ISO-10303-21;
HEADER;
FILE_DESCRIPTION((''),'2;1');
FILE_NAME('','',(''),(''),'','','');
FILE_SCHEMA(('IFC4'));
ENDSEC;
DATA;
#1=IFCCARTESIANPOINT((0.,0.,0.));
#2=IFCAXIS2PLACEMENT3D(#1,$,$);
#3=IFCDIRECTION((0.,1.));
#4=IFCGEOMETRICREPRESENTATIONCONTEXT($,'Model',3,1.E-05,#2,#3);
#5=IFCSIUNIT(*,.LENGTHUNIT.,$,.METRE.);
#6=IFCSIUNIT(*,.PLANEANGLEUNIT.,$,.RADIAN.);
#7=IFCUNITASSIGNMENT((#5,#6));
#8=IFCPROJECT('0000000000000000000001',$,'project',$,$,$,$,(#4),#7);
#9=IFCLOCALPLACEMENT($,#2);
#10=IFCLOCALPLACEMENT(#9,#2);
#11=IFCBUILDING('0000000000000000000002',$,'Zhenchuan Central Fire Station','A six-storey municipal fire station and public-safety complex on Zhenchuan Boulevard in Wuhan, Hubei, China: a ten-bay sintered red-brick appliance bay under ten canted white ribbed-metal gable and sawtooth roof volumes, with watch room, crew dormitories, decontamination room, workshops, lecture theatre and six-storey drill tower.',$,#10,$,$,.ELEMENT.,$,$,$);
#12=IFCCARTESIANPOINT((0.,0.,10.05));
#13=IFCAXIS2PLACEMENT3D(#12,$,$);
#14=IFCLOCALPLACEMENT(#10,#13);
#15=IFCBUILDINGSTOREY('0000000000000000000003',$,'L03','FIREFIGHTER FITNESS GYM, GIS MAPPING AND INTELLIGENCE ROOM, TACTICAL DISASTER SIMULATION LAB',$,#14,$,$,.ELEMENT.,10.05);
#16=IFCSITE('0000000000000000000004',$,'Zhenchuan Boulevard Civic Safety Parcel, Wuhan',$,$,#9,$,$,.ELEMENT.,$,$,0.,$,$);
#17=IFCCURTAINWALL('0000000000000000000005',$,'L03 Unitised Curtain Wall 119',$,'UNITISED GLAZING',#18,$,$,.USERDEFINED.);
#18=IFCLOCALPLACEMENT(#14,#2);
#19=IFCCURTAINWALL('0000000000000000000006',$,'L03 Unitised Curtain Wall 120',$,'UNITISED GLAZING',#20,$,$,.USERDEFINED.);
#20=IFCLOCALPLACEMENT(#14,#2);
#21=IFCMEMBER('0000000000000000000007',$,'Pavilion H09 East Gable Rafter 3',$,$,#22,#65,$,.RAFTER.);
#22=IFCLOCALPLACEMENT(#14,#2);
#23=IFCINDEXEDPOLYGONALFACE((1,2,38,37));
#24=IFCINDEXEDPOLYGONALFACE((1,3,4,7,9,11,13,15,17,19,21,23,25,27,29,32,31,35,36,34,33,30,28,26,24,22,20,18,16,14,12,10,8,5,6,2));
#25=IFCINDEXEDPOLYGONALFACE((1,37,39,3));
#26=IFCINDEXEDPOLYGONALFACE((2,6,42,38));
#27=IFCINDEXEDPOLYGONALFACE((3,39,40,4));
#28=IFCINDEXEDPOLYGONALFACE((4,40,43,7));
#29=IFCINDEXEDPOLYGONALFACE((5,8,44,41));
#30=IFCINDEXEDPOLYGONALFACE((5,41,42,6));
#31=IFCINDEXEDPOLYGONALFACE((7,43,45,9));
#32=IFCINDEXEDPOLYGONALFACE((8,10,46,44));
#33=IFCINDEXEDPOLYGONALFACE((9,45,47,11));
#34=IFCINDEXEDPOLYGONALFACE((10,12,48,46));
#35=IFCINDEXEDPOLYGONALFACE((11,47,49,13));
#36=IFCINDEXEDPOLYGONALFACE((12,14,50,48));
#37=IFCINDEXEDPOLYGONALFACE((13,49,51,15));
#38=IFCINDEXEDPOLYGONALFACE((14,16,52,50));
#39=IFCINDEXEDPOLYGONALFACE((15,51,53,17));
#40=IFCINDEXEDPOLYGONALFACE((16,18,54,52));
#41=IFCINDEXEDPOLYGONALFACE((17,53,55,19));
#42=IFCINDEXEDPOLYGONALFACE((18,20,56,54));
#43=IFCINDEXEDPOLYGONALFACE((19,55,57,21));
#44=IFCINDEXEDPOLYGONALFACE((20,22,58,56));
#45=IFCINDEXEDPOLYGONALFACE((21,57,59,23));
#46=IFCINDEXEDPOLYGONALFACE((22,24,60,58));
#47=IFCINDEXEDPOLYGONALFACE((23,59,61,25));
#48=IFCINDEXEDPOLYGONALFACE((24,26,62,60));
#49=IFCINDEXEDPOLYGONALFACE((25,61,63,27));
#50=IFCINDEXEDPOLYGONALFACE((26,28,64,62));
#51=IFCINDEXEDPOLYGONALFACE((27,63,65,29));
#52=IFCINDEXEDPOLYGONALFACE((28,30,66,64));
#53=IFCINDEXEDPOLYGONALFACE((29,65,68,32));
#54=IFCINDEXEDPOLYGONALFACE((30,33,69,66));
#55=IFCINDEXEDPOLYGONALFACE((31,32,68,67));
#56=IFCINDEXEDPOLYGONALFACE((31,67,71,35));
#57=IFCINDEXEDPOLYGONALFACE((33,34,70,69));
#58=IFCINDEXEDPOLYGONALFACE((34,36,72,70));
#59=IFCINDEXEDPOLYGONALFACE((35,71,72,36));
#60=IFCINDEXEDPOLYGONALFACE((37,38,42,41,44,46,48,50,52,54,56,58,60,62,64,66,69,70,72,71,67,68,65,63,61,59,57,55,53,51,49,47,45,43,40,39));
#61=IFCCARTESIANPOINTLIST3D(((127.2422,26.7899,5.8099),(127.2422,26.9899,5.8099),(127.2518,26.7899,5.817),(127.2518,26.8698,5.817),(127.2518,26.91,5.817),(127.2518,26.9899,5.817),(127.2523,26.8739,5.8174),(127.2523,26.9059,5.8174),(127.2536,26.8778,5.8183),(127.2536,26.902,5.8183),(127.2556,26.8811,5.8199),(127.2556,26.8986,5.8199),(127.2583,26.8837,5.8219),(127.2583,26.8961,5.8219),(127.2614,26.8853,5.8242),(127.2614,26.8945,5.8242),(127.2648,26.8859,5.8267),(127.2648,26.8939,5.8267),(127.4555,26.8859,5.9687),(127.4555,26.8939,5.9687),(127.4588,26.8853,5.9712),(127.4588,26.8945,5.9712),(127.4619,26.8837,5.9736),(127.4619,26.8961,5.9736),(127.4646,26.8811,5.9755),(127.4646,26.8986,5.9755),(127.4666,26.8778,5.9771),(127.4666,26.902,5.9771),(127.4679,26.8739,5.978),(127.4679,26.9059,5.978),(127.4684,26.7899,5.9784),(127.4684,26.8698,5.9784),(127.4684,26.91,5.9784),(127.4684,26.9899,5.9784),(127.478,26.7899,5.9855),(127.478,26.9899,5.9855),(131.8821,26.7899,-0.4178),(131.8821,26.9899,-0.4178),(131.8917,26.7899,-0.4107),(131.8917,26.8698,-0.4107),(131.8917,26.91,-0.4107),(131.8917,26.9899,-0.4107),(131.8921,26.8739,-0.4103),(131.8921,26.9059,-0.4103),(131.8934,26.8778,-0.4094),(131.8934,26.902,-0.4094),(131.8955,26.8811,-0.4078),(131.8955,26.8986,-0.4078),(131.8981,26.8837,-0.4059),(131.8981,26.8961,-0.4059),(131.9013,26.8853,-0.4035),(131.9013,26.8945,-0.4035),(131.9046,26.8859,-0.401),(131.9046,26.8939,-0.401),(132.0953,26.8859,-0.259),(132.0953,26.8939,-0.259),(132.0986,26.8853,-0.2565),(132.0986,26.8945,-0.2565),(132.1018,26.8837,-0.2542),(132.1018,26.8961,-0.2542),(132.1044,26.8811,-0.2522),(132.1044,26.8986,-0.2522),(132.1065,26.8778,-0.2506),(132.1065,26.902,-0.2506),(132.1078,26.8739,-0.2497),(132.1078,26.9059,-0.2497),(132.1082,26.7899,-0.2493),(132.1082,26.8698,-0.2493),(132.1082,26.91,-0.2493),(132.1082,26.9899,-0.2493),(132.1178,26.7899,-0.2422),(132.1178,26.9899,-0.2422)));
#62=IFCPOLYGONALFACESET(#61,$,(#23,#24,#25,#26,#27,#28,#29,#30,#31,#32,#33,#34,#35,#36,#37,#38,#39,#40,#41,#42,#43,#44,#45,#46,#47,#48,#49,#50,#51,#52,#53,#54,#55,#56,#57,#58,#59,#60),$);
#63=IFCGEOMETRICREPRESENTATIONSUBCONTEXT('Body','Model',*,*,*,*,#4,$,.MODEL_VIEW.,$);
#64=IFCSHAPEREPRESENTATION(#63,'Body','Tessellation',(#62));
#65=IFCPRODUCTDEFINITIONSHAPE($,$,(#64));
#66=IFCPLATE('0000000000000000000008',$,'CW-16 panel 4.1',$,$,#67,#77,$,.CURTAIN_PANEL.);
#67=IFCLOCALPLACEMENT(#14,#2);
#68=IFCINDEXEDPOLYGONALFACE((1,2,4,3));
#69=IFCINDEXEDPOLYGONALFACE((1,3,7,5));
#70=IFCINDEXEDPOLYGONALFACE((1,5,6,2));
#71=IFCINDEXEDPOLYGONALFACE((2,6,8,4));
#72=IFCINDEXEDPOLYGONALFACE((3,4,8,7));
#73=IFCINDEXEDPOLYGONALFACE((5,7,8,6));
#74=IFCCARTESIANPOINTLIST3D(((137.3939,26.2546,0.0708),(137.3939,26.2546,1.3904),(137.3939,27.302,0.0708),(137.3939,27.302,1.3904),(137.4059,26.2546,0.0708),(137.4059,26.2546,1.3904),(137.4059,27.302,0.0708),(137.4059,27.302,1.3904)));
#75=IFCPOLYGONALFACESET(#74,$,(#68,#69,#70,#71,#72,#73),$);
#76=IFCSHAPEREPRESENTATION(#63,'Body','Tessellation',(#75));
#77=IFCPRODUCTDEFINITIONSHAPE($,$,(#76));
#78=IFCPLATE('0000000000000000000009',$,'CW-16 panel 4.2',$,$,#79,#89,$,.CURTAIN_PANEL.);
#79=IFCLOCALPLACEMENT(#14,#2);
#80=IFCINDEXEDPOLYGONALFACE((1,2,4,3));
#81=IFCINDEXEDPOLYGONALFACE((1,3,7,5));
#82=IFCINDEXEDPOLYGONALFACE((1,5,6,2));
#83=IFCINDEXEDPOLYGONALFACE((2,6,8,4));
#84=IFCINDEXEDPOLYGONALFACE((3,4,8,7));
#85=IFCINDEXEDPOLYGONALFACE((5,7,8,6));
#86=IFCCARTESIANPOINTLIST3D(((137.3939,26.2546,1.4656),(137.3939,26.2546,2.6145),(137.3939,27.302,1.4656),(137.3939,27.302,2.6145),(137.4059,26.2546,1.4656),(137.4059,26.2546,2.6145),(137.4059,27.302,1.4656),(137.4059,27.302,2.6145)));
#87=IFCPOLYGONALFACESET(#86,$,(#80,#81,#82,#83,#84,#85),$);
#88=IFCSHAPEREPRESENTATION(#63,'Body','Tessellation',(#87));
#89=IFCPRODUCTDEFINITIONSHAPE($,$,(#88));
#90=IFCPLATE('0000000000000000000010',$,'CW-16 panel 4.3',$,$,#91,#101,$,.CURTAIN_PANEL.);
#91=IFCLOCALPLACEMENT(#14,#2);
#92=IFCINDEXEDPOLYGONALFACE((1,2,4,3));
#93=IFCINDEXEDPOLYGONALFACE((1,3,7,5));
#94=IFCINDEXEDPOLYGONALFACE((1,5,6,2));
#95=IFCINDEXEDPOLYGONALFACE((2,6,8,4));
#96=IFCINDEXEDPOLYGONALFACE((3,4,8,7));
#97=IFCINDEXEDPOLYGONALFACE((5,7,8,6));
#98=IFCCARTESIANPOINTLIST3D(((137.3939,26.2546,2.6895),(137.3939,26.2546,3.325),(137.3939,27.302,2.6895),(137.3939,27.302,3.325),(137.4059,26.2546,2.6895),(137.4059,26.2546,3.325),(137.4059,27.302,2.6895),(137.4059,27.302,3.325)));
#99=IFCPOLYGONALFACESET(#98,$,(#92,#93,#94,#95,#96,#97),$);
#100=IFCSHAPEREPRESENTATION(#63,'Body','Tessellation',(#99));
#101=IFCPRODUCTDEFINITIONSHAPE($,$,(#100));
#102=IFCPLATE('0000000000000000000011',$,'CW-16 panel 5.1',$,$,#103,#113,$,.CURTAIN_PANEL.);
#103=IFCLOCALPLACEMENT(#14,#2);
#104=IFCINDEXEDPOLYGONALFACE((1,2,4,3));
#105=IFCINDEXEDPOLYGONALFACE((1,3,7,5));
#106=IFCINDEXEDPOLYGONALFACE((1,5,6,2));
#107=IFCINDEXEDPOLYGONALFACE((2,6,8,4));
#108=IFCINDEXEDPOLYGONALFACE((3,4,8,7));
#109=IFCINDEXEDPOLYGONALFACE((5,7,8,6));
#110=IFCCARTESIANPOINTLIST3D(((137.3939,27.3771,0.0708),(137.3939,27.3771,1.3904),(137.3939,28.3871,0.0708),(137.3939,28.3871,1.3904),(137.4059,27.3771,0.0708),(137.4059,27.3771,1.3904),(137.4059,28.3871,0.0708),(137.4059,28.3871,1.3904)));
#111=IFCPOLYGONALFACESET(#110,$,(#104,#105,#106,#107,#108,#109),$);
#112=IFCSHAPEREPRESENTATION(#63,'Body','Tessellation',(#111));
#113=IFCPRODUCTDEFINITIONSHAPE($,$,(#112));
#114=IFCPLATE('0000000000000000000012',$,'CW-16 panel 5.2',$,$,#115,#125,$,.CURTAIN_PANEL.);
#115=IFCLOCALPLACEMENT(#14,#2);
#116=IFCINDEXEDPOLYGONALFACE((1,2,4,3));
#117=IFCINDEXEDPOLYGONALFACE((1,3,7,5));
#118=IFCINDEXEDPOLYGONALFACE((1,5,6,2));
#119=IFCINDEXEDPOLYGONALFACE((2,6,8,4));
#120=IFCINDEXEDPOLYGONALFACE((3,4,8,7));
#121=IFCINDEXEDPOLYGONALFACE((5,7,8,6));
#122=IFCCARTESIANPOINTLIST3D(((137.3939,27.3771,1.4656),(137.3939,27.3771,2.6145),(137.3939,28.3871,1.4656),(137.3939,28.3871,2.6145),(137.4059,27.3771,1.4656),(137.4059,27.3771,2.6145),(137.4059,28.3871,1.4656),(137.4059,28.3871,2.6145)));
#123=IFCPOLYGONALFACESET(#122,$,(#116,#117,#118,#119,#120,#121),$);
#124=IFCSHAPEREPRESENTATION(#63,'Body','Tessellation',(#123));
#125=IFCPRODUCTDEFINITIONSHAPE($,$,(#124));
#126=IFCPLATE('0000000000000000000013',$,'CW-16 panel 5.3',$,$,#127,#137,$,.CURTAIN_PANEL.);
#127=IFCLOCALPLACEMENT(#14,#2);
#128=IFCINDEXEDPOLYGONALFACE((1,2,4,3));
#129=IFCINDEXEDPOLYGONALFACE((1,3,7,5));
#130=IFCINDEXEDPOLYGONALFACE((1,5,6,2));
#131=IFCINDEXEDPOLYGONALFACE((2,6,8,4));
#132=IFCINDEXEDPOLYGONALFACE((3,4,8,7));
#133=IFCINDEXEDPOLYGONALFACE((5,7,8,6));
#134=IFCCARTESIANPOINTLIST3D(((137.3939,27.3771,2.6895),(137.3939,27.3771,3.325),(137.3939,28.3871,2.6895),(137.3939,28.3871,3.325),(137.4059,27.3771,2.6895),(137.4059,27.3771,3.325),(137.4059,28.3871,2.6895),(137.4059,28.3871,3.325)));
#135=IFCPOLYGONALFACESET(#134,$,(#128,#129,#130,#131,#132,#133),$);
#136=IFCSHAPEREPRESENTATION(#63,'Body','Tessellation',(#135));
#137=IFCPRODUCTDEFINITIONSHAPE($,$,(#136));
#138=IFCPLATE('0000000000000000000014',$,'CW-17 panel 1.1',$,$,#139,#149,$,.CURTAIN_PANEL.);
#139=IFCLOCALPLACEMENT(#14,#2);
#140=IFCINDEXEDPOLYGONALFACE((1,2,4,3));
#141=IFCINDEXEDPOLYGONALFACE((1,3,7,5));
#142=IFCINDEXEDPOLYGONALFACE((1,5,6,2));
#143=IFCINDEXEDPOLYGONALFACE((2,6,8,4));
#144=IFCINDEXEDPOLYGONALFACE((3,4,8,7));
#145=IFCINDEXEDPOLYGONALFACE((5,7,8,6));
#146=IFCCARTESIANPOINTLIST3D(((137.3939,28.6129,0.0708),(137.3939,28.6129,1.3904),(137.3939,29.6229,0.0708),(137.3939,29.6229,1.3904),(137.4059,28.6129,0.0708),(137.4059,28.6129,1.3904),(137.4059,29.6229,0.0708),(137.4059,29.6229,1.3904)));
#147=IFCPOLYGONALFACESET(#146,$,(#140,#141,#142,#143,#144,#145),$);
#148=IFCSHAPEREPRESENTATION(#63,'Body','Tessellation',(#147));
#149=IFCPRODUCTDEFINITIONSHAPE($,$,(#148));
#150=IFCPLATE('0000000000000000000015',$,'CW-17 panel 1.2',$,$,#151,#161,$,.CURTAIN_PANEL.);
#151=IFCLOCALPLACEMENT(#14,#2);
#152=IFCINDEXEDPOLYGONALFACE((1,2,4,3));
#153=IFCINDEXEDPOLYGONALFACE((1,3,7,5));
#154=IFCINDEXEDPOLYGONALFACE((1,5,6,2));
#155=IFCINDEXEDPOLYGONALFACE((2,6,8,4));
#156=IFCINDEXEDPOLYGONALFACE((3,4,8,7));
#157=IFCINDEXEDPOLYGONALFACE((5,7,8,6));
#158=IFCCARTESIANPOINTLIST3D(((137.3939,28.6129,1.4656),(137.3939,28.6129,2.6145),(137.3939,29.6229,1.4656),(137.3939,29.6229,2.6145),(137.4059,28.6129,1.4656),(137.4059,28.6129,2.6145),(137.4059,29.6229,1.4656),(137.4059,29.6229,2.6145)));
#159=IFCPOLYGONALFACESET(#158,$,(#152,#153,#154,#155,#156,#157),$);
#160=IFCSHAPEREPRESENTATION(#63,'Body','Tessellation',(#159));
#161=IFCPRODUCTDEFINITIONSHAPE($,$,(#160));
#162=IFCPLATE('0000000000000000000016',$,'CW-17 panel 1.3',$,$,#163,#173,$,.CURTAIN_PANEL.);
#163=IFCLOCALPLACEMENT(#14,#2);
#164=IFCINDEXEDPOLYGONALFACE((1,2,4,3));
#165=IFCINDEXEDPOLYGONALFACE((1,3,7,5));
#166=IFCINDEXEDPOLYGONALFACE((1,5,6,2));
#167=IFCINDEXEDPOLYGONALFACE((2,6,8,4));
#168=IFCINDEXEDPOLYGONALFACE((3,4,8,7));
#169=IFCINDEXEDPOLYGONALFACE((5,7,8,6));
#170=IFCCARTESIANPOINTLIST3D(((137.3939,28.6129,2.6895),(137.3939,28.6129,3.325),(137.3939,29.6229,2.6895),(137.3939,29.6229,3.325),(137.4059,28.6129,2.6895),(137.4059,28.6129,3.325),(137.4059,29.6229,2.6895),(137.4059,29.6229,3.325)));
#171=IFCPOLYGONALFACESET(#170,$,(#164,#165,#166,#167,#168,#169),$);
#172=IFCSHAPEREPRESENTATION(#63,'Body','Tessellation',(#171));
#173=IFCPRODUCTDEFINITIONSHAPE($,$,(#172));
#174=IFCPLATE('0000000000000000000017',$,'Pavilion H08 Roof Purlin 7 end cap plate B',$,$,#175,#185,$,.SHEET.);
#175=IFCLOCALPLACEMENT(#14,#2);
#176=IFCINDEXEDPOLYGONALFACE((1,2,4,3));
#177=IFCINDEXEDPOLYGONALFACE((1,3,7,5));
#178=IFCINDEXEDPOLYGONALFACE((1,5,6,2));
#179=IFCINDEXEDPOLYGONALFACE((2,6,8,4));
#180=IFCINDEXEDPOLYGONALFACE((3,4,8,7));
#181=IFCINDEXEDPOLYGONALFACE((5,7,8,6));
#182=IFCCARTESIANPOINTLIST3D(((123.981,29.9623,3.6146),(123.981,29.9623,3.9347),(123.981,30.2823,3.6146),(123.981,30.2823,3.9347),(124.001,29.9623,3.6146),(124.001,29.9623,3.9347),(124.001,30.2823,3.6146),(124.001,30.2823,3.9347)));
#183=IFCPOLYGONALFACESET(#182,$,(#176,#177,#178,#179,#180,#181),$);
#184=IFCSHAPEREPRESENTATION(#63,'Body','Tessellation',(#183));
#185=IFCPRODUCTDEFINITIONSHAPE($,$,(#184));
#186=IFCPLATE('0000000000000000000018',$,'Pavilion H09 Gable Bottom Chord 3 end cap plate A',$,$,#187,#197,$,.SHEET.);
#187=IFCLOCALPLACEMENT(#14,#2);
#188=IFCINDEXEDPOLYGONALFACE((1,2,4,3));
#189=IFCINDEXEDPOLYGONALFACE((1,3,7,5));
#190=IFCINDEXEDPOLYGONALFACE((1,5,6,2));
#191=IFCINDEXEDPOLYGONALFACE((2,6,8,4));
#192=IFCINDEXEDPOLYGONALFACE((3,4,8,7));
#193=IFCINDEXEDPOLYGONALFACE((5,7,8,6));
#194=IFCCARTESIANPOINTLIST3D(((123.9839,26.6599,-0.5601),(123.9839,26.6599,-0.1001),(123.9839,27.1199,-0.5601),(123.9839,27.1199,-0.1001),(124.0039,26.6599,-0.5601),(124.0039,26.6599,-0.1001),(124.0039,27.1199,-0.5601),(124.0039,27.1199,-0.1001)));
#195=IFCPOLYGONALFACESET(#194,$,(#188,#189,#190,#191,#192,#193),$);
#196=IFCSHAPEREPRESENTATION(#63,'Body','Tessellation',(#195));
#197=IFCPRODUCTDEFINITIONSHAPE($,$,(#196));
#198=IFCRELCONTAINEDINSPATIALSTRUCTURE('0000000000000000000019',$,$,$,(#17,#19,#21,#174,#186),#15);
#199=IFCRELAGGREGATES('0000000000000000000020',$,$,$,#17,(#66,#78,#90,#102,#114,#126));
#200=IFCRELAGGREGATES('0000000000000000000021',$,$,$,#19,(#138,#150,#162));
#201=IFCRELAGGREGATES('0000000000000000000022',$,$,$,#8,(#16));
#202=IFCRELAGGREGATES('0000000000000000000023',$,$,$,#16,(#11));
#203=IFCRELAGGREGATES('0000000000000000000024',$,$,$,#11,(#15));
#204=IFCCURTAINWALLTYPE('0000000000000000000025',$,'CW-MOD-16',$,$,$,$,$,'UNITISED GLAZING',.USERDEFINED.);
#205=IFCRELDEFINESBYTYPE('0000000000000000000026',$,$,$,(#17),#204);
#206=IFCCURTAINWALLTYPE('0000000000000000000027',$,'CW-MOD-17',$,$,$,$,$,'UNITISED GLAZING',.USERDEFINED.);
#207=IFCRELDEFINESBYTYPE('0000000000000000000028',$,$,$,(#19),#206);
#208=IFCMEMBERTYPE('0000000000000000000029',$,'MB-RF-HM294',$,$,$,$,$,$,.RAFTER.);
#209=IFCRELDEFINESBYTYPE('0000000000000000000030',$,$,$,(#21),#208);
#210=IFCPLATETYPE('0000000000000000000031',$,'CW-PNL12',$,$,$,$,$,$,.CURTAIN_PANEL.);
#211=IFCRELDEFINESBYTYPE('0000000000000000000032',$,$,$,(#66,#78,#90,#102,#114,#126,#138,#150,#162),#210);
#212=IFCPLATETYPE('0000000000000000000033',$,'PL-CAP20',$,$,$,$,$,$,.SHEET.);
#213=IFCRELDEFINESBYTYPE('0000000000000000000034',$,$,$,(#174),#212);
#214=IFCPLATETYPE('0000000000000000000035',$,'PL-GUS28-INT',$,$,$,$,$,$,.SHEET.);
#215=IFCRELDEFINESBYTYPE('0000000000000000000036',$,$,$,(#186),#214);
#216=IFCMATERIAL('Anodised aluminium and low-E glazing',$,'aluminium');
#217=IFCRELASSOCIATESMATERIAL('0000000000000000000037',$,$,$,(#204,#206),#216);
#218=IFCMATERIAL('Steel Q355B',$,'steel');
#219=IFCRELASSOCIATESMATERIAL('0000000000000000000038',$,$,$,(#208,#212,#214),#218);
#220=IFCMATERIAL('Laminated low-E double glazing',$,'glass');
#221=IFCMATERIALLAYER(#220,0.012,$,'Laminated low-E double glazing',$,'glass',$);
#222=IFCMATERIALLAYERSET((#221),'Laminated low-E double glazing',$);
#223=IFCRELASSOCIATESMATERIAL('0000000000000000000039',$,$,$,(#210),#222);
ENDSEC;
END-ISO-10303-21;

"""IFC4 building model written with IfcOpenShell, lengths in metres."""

from ifc_helpers import new_model, si_unit, direction, frame, origin, origin_2d, place, context, subcontext, project, spatial, rectangle, i_section, extrude, material, layer, layer_set, material_profile, profile_set, type_object, element, aggregate, save


model = new_model("IFC4")

# Units and contexts
model_context = context("Model", 3, precision=1e-05, world=origin(), true_north=direction((0.0, 1.0)))
body_context = subcontext(model_context, "Body", "Model", "MODEL_VIEW")
ifc_project = project(units=[si_unit("LENGTHUNIT", "METRE"), si_unit("PLANEANGLEUNIT", "RADIAN")], contexts=[model_context])

# Site, building, storey
site_placement = place(None, origin())
site = spatial("IfcSite", under=ifc_project, at=site_placement, Name="Zhenchuan Boulevard Civic Safety Parcel, Wuhan", CompositionType="ELEMENT", RefElevation=0.0)
building_placement = place(site_placement, origin())
building = spatial("IfcBuilding", under=site, at=building_placement, Name="Zhenchuan Central Fire Station", Description="A six-storey municipal fire station and public-safety complex on Zhenchuan Boulevard in Wuhan, Hubei, China: a ten-bay sintered red-brick appliance bay under ten canted white ribbed-metal gable and sawtooth roof volumes, with watch room, crew dormitories, decontamination room, workshops, lecture theatre and six-storey drill tower.", CompositionType="ELEMENT")
storey_placement = place(building_placement, frame((0.0, 0.0, 10.05)))
storey = spatial("IfcBuildingStorey", under=building, at=storey_placement, Name="L03", Description="FIREFIGHTER FITNESS GYM, GIS MAPPING AND INTELLIGENCE ROOM, TACTICAL DISASTER SIMULATION LAB", CompositionType="ELEMENT", Elevation=10.05)

# Curtain walls
ifc_material_1 = material(Name="Anodised aluminium and low-E glazing", Category="aluminium")
curtain_wall_type_1 = type_object("IfcCurtainWallType", Name="CW-MOD-16", ElementType="UNITISED GLAZING", PredefinedType="USERDEFINED", material=ifc_material_1)
curtain_wall_1_placement = place(storey_placement, origin())
curtain_wall_1 = element("IfcCurtainWall", 1, at=curtain_wall_1_placement, inside=storey, type_object=curtain_wall_type_1, Name="L03 Unitised Curtain Wall 119", ObjectType="UNITISED GLAZING", PredefinedType="USERDEFINED")
curtain_wall_type_2 = type_object("IfcCurtainWallType", Name="CW-MOD-17", ElementType="UNITISED GLAZING", PredefinedType="USERDEFINED", material=ifc_material_1)
curtain_wall_2_placement = place(storey_placement, origin())
curtain_wall_2 = element("IfcCurtainWall", 2, at=curtain_wall_2_placement, inside=storey, type_object=curtain_wall_type_2, Name="L03 Unitised Curtain Wall 120", ObjectType="UNITISED GLAZING", PredefinedType="USERDEFINED")

# Member
ifc_material_2 = material(Name="Steel Q355B", Category="steel")
ifc_material_profile_1 = material_profile(ifc_material_2, i_section(OverallWidth=0.2, OverallDepth=0.2939, WebThickness=0.0081, FlangeThickness=0.012, FilletRadius=0.0161, at=origin_2d()), Name="HM 294x200")
ifc_profile_set_1 = profile_set([ifc_material_profile_1], Name="Steel Q355B")
member_type_1 = type_object("IfcMemberType", Name="MB-RF-HM294", PredefinedType="RAFTER", material=ifc_profile_set_1)
member_1_placement = place(storey_placement, frame((127.3601, 26.8899, 5.8977), z_axis=(0.597447, 0.0, -0.801909), x_axis=(0.0, 1.0, 0.0)))
element("IfcMember", 3, at=member_1_placement, inside=storey, type_object=member_type_1, Name="Pavilion H09 East Gable Rafter 3", PredefinedType="RAFTER", context=body_context, shape_type="SweptSolid", body=[
    extrude(i_section(OverallWidth=0.2, OverallDepth=0.2939, WebThickness=0.0081, FlangeThickness=0.012, FilletRadius=0.0161, at=origin_2d()), origin(), (0.0, 0.0, 1.0), 7.7661),
])

# Plates
ifc_material_3 = material(Name="Laminated low-E double glazing", Category="glass")
ifc_layer = layer(ifc_material_3, 0.012, Name="Laminated low-E double glazing", Category="glass")
ifc_layer_set = layer_set([ifc_layer], Name="Laminated low-E double glazing")
plate_type_1 = type_object("IfcPlateType", Name="CW-PNL12", PredefinedType="CURTAIN_PANEL", material=ifc_layer_set)
plate_1_placement = place(storey_placement, frame((137.3999, 26.7783, 0.0708), z_axis=(0.0, 0.0, 1.0), x_axis=(0.0, 1.0, 0.0)))
plate_1 = element("IfcPlate", 4, at=plate_1_placement, type_object=plate_type_1, Name="CW-16 panel 4.1", PredefinedType="CURTAIN_PANEL", context=body_context, shape_type="SweptSolid", body=[
    extrude(rectangle(XDim=1.0474, YDim=0.012, at=origin_2d()), origin(), (0.0, 0.0, 1.0), 1.3196),
])
plate_2_placement = place(storey_placement, frame((137.3999, 26.7783, 1.4656), z_axis=(0.0, 0.0, 1.0), x_axis=(0.0, 1.0, 0.0)))
plate_2 = element("IfcPlate", 5, at=plate_2_placement, type_object=plate_type_1, Name="CW-16 panel 4.2", PredefinedType="CURTAIN_PANEL", context=body_context, shape_type="SweptSolid", body=[
    extrude(rectangle(XDim=1.0474, YDim=0.012, at=origin_2d()), origin(), (0.0, 0.0, 1.0), 1.1489),
])
plate_3_placement = place(storey_placement, frame((137.3999, 26.7783, 2.6895), z_axis=(0.0, 0.0, 1.0), x_axis=(0.0, 1.0, 0.0)))
plate_3 = element("IfcPlate", 6, at=plate_3_placement, type_object=plate_type_1, Name="CW-16 panel 4.3", PredefinedType="CURTAIN_PANEL", context=body_context, shape_type="SweptSolid", body=[
    extrude(rectangle(XDim=1.0474, YDim=0.012, at=origin_2d()), origin(), (0.0, 0.0, 1.0), 0.6355),
])
plate_4_placement = place(storey_placement, frame((137.3999, 27.8821, 0.0708), z_axis=(0.0, 0.0, 1.0), x_axis=(0.0, 1.0, 0.0)))
plate_4 = element("IfcPlate", 7, at=plate_4_placement, type_object=plate_type_1, Name="CW-16 panel 5.1", PredefinedType="CURTAIN_PANEL", context=body_context, shape_type="SweptSolid", body=[
    extrude(rectangle(XDim=1.01, YDim=0.012, at=origin_2d()), origin(), (0.0, 0.0, 1.0), 1.3196),
])
plate_5_placement = place(storey_placement, frame((137.3999, 27.8821, 1.4656), z_axis=(0.0, 0.0, 1.0), x_axis=(0.0, 1.0, 0.0)))
plate_5 = element("IfcPlate", 8, at=plate_5_placement, type_object=plate_type_1, Name="CW-16 panel 5.2", PredefinedType="CURTAIN_PANEL", context=body_context, shape_type="SweptSolid", body=[
    extrude(rectangle(XDim=1.01, YDim=0.012, at=origin_2d()), origin(), (0.0, 0.0, 1.0), 1.1489),
])
plate_6_placement = place(storey_placement, frame((137.3999, 27.8821, 2.6895), z_axis=(0.0, 0.0, 1.0), x_axis=(0.0, 1.0, 0.0)))
plate_6 = element("IfcPlate", 9, at=plate_6_placement, type_object=plate_type_1, Name="CW-16 panel 5.3", PredefinedType="CURTAIN_PANEL", context=body_context, shape_type="SweptSolid", body=[
    extrude(rectangle(XDim=1.01, YDim=0.012, at=origin_2d()), origin(), (0.0, 0.0, 1.0), 0.6355),
])
aggregate(curtain_wall_1, [plate_1, plate_2, plate_3, plate_4, plate_5, plate_6])
plate_7_placement = place(storey_placement, frame((137.3999, 29.1179, 0.0708), z_axis=(0.0, 0.0, 1.0), x_axis=(0.0, 1.0, 0.0)))
plate_7 = element("IfcPlate", 10, at=plate_7_placement, type_object=plate_type_1, Name="CW-17 panel 1.1", PredefinedType="CURTAIN_PANEL", context=body_context, shape_type="SweptSolid", body=[
    extrude(rectangle(XDim=1.01, YDim=0.012, at=origin_2d()), origin(), (0.0, 0.0, 1.0), 1.3196),
])
plate_8_placement = place(storey_placement, frame((137.3999, 29.1179, 1.4656), z_axis=(0.0, 0.0, 1.0), x_axis=(0.0, 1.0, 0.0)))
plate_8 = element("IfcPlate", 11, at=plate_8_placement, type_object=plate_type_1, Name="CW-17 panel 1.2", PredefinedType="CURTAIN_PANEL", context=body_context, shape_type="SweptSolid", body=[
    extrude(rectangle(XDim=1.01, YDim=0.012, at=origin_2d()), origin(), (0.0, 0.0, 1.0), 1.1489),
])
plate_9_placement = place(storey_placement, frame((137.3999, 29.1179, 2.6895), z_axis=(0.0, 0.0, 1.0), x_axis=(0.0, 1.0, 0.0)))
plate_9 = element("IfcPlate", 12, at=plate_9_placement, type_object=plate_type_1, Name="CW-17 panel 1.3", PredefinedType="CURTAIN_PANEL", context=body_context, shape_type="SweptSolid", body=[
    extrude(rectangle(XDim=1.01, YDim=0.012, at=origin_2d()), origin(), (0.0, 0.0, 1.0), 0.6355),
])
aggregate(curtain_wall_2, [plate_7, plate_8, plate_9])

# Plates
ifc_material_profile_2 = material_profile(ifc_material_2, rectangle(XDim=0.3201, YDim=0.3201, at=origin_2d()), Name="PL 320x320x20")
ifc_profile_set_2 = profile_set([ifc_material_profile_2], Name="Steel Q355B")
plate_type_2 = type_object("IfcPlateType", Name="PL-CAP20", PredefinedType="SHEET", material=ifc_profile_set_2)
plate_10_placement = place(storey_placement, frame((123.981, 30.1223, 3.7747), z_axis=(1.0, 0.0, 0.0), x_axis=(0.0, 1.0, 0.0)))
element("IfcPlate", 13, at=plate_10_placement, inside=storey, type_object=plate_type_2, Name="Pavilion H08 Roof Purlin 7 end cap plate B", PredefinedType="SHEET", context=body_context, shape_type="SweptSolid", body=[
    extrude(rectangle(XDim=0.3201, YDim=0.3201, at=origin_2d()), origin(), (0.0, 0.0, 1.0), 0.02),
])
ifc_material_profile_3 = material_profile(ifc_material_2, rectangle(XDim=0.46, YDim=0.46, at=origin_2d()), Name="PL 460x460x28")
ifc_profile_set_3 = profile_set([ifc_material_profile_3], Name="Steel Q355B")
plate_type_3 = type_object("IfcPlateType", Name="PL-GUS28-INT", PredefinedType="SHEET", material=ifc_profile_set_3)
for number, where, z_axis, x_axis, name in (
    (14, (123.9839, 26.8899, -0.3301), (1.0, 0.0, 0.0), (0.0, 1.0, 0.0), "Pavilion H09 Gable Bottom Chord 3 end cap plate A"),
):
    element("IfcPlate", number, at=place(storey_placement, frame(where, z_axis=z_axis, x_axis=x_axis)), inside=storey, type_object=plate_type_3, Name=name, PredefinedType="SHEET", context=body_context, shape_type="SweptSolid", body=[
        extrude(rectangle(XDim=0.46, YDim=0.46, at=origin_2d()), origin(), (0.0, 0.0, 1.0), 0.02),
    ])

save(model, "model.ifc")
